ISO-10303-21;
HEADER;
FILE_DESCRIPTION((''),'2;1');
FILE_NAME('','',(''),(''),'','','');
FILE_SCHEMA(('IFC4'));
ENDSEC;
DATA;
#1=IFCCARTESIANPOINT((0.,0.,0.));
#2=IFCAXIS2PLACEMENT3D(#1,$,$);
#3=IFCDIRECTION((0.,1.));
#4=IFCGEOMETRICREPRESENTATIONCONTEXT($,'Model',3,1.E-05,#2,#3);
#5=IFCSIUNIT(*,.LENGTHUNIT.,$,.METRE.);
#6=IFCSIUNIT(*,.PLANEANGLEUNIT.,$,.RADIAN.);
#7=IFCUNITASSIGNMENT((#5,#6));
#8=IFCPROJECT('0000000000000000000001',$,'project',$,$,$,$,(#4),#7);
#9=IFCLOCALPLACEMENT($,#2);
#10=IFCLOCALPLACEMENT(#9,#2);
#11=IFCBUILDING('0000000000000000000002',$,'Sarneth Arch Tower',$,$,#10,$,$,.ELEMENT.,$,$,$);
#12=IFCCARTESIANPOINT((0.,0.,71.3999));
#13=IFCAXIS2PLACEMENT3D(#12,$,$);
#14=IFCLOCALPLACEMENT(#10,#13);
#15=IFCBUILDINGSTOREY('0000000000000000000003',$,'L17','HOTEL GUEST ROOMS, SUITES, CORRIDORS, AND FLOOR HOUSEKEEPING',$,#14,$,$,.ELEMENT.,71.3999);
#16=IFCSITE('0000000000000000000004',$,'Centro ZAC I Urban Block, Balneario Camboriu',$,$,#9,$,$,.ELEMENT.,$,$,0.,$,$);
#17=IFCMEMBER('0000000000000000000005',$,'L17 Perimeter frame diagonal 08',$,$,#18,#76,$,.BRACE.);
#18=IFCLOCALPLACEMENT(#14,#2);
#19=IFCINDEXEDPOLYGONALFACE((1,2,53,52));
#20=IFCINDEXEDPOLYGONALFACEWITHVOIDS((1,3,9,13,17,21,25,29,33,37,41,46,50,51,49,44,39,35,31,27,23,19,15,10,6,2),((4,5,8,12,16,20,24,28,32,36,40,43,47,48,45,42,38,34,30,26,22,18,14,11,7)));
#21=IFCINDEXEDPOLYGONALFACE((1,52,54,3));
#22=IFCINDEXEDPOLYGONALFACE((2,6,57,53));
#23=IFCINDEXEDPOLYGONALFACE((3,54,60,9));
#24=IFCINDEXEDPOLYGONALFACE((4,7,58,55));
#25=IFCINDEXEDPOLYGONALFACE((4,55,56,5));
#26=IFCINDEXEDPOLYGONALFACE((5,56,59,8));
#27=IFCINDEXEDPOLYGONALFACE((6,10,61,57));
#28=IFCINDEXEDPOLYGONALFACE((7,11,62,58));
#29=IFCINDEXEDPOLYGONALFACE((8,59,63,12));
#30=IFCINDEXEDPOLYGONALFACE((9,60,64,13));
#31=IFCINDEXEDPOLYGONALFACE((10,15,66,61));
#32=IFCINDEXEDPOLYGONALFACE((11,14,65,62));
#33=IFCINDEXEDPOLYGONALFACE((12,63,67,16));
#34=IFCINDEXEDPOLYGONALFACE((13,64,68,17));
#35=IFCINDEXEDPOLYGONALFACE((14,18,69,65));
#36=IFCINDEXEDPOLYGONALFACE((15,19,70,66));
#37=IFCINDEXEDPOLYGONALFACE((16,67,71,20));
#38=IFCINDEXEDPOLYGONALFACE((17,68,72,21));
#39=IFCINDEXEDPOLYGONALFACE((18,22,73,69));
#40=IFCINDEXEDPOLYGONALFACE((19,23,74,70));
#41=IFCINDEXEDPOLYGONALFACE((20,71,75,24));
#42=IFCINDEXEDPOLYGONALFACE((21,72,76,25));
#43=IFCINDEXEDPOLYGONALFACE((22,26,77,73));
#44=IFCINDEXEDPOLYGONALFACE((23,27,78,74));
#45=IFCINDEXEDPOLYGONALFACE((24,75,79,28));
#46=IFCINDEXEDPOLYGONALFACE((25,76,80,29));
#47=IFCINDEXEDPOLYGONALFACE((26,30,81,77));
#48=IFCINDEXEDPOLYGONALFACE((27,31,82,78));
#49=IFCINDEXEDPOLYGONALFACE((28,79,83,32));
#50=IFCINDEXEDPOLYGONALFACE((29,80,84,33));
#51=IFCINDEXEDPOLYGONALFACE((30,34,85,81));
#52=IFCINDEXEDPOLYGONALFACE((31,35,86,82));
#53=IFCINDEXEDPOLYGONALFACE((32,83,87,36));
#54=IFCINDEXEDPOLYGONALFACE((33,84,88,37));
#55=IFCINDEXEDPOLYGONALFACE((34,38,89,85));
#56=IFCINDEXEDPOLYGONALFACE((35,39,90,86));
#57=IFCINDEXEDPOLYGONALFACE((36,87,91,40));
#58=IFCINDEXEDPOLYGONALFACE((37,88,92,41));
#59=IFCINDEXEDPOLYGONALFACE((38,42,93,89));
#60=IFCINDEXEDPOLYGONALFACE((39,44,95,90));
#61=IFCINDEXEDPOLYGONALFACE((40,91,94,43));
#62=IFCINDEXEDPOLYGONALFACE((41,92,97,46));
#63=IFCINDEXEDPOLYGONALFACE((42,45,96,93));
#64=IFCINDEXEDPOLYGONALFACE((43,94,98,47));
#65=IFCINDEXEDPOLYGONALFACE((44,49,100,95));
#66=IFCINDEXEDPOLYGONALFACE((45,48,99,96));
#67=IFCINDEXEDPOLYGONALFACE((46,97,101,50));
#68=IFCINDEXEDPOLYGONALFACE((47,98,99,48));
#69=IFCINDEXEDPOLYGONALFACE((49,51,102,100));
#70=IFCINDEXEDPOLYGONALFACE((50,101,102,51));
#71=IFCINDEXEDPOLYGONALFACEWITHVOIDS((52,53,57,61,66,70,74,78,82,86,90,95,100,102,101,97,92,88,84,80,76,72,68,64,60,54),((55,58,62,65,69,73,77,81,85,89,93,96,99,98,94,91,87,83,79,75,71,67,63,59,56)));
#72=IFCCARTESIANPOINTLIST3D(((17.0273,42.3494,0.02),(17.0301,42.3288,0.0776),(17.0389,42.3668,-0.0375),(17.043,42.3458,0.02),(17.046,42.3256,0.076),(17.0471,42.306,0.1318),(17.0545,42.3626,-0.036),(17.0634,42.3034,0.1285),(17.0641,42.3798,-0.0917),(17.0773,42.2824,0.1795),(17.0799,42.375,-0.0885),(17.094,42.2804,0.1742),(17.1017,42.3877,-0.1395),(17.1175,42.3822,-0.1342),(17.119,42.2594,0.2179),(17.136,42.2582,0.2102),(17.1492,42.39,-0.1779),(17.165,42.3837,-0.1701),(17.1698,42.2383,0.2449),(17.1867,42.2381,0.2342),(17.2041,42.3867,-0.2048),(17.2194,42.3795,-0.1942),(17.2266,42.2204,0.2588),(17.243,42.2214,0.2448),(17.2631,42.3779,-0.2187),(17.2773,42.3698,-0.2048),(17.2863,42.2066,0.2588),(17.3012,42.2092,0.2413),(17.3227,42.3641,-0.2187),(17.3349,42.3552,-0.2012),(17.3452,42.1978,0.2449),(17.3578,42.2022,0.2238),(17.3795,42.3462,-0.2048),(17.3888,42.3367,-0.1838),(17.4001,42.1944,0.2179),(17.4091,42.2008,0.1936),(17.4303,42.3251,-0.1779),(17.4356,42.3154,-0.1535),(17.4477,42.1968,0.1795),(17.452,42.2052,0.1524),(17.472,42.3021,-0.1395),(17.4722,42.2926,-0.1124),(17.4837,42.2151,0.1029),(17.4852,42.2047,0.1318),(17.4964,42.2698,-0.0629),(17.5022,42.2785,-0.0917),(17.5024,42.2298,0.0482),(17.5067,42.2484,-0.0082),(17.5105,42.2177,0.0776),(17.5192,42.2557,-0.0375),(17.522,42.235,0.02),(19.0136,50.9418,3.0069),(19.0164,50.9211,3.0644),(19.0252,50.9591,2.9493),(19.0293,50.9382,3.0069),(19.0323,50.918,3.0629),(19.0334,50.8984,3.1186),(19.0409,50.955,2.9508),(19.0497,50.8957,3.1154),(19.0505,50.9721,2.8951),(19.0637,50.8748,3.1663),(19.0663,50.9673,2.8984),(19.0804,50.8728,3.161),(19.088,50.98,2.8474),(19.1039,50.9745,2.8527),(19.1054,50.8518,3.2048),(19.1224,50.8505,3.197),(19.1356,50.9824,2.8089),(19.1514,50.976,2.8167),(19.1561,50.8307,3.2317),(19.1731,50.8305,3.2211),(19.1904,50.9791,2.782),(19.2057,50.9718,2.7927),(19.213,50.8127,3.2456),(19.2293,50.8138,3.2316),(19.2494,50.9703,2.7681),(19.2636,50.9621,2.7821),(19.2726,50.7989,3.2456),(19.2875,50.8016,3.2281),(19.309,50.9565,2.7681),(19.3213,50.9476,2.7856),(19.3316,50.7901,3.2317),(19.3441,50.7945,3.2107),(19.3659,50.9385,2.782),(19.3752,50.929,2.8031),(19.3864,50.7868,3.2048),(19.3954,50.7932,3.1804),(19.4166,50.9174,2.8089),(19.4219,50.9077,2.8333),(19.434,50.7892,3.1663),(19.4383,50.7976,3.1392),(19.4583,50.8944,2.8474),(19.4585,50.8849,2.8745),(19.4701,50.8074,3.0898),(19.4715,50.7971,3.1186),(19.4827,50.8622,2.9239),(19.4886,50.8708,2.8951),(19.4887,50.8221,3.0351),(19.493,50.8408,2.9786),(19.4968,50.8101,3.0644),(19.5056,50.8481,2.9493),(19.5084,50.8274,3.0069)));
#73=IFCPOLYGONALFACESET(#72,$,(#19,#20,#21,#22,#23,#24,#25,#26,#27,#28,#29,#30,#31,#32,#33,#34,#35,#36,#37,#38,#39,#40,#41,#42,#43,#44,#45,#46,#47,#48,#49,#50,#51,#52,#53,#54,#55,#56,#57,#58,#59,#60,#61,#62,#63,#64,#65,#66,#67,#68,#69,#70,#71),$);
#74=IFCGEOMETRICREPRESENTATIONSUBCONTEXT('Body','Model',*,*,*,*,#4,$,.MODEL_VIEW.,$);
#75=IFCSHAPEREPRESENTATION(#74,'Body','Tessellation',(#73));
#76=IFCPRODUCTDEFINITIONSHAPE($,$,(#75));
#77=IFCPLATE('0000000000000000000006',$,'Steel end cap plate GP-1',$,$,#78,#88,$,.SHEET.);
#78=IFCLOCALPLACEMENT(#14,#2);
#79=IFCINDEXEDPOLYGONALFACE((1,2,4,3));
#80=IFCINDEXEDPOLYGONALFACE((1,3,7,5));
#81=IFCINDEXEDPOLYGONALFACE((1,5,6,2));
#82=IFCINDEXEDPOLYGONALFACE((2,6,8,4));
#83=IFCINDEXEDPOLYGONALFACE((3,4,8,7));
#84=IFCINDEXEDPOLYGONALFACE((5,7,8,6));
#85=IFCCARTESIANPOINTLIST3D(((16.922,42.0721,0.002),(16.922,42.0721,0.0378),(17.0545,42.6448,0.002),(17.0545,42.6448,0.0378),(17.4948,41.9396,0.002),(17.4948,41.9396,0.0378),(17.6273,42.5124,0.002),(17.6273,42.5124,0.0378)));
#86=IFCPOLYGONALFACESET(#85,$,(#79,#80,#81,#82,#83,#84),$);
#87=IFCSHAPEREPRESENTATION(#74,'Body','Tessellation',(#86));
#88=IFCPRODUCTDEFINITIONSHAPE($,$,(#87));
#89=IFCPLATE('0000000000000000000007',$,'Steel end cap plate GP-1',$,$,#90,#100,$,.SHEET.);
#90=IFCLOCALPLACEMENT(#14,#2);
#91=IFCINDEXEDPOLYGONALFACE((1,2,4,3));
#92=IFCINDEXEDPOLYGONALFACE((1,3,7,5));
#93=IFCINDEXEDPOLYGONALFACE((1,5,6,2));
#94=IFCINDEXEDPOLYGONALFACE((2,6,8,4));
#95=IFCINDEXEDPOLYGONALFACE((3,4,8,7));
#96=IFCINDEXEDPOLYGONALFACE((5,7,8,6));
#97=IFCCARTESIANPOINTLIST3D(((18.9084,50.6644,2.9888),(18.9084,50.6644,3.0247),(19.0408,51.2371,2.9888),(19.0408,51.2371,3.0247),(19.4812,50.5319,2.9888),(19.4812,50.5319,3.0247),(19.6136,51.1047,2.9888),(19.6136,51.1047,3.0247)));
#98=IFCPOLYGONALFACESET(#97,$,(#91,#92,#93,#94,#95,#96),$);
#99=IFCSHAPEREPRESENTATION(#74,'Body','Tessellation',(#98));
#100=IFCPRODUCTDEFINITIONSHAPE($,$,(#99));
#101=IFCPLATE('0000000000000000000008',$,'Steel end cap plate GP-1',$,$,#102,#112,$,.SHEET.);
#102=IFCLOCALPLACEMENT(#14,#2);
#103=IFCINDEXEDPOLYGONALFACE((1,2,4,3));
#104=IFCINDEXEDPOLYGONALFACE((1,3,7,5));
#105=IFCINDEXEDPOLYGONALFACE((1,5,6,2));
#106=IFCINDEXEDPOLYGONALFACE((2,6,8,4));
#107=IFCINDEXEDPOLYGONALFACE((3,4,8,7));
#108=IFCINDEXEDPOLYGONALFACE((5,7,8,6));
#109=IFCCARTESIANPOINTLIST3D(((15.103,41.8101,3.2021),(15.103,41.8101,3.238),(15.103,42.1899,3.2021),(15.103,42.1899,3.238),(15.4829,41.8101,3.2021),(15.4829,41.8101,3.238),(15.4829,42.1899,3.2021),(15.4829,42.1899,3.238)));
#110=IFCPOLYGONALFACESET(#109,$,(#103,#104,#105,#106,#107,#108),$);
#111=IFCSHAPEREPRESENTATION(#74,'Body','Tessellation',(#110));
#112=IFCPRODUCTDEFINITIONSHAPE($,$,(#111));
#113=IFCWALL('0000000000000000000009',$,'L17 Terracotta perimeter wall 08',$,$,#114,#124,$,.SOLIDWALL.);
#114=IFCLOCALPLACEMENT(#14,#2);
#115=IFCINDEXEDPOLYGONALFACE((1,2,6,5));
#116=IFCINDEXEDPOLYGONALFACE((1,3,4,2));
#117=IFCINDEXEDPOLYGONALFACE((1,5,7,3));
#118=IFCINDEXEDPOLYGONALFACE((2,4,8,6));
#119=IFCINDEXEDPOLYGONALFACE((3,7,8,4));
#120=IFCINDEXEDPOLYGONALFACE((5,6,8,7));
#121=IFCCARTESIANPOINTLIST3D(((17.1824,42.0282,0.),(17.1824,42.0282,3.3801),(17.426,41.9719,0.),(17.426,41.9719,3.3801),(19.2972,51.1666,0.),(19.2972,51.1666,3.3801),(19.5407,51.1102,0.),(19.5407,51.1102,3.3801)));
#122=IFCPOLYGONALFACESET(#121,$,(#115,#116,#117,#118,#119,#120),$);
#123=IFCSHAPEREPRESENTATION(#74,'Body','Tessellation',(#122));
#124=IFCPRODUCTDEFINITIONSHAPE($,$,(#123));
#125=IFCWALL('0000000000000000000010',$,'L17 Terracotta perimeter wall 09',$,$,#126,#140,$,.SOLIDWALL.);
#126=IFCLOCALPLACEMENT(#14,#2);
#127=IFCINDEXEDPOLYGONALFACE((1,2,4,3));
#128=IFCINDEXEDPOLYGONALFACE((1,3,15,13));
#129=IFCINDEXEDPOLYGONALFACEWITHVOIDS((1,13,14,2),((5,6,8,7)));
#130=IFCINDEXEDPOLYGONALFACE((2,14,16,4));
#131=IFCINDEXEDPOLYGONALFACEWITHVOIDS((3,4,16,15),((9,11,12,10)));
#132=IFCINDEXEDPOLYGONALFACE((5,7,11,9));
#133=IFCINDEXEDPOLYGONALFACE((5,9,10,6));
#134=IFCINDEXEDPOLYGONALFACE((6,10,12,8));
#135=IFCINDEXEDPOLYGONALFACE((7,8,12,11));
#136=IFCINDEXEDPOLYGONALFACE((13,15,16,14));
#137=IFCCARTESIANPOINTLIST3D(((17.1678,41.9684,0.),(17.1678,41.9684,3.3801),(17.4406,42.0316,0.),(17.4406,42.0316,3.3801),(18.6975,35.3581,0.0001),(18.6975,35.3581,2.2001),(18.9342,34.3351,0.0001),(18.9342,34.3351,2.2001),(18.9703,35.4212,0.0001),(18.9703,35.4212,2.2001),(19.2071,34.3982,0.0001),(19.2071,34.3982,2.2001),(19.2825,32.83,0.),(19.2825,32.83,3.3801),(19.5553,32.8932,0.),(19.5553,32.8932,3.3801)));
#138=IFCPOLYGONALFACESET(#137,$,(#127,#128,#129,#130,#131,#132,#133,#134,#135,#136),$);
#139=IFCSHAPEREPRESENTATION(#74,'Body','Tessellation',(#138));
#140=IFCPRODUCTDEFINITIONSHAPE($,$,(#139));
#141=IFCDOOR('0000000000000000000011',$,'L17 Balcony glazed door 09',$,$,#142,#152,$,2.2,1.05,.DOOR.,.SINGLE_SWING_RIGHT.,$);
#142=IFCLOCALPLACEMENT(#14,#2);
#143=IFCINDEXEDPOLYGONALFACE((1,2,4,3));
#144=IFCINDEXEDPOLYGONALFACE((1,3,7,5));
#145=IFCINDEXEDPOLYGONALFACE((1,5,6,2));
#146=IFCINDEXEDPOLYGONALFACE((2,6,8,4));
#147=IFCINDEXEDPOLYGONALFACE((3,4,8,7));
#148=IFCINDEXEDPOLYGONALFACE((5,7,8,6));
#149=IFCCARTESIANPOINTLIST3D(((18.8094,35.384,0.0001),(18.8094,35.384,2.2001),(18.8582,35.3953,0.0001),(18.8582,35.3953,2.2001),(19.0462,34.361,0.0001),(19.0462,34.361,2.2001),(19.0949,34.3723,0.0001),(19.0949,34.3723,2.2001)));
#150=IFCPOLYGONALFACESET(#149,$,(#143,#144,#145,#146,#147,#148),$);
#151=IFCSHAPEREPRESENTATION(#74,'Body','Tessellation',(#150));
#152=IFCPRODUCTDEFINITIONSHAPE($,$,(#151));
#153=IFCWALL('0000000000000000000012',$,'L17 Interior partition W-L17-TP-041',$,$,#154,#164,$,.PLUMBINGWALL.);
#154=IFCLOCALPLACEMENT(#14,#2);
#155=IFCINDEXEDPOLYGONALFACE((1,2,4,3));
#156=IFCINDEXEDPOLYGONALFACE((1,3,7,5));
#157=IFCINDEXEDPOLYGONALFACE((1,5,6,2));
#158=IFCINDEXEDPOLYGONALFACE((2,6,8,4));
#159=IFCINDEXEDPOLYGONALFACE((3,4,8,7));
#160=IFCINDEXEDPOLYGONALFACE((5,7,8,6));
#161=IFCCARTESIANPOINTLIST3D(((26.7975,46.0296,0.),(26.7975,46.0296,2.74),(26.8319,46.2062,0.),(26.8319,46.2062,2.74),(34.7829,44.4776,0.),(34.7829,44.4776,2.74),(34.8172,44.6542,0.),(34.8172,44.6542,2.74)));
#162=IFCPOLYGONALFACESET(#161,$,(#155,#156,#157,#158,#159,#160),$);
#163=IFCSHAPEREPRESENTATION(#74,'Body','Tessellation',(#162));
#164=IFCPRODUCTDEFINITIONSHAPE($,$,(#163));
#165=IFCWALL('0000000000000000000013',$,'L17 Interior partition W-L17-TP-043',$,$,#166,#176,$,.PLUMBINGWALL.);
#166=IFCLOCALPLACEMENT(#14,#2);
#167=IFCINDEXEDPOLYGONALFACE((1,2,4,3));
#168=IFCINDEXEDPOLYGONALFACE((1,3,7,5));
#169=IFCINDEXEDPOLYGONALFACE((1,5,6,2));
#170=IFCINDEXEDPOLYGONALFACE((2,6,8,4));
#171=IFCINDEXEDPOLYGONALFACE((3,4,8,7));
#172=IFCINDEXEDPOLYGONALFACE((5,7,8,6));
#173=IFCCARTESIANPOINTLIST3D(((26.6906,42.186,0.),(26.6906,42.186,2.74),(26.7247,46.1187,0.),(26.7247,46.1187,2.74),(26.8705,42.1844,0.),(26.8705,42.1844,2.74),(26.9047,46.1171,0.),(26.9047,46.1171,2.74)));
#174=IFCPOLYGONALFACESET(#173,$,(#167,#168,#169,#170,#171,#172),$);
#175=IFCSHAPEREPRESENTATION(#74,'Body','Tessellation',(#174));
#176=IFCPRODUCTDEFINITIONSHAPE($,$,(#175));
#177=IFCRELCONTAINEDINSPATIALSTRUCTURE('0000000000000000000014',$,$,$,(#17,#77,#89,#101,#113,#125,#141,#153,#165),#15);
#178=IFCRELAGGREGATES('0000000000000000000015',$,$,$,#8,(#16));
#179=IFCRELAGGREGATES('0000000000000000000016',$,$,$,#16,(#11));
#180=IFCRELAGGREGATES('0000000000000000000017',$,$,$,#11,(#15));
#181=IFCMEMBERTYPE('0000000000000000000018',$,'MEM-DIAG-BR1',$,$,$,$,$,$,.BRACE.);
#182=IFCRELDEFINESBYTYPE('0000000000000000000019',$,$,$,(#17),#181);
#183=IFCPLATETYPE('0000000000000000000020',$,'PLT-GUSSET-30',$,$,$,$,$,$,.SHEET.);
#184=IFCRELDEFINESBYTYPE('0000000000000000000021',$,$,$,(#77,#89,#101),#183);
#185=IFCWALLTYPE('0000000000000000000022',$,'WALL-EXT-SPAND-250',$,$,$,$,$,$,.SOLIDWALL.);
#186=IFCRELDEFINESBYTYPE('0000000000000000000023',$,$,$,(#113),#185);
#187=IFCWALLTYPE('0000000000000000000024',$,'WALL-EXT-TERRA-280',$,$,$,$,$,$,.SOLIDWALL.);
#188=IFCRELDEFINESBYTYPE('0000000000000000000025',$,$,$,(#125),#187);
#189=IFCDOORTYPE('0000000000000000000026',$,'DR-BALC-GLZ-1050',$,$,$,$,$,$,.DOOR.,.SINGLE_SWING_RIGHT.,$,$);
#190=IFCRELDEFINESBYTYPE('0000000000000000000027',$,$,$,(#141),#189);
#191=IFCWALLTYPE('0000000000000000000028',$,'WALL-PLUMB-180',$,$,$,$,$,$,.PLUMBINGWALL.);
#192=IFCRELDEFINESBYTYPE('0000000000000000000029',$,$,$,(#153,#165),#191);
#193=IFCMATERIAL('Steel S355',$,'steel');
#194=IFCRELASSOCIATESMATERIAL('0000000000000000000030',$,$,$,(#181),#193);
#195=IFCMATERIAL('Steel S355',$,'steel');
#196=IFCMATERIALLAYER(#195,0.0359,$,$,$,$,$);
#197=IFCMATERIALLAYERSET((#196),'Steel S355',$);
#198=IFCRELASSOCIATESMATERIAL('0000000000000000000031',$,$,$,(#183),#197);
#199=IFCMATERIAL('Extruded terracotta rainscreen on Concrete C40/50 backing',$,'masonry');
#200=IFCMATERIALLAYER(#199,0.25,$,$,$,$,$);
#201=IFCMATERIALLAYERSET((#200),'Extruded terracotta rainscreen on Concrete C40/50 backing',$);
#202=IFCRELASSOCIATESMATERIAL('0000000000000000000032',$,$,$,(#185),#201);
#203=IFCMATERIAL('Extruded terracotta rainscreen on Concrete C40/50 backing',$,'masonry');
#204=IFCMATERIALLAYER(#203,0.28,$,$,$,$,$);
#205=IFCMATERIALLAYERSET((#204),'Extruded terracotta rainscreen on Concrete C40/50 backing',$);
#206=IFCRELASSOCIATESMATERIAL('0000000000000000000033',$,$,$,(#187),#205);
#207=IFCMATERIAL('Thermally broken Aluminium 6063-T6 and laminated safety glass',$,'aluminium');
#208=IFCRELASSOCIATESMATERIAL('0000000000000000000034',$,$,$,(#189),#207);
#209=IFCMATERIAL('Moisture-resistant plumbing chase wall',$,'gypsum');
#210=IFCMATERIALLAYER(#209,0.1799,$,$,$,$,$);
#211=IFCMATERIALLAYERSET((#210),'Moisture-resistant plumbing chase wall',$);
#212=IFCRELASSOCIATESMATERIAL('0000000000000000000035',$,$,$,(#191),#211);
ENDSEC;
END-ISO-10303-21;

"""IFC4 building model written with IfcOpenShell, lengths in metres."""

from ifc_helpers import new_model, si_unit, direction, frame, frame_2d, origin, origin_2d, place, context, subcontext, project, spatial, rectangle, hollow_circle, extrude, material, layer, layer_set, material_profile, profile_set, type_object, element, fill, save


model = new_model("IFC4")

# Units and contexts
model_context = context("Model", 3, precision=1e-05, world=origin(), true_north=direction((0.0, 1.0)))
body_context = subcontext(model_context, "Body", "Model", "MODEL_VIEW")
ifc_project = project(units=[si_unit("LENGTHUNIT", "METRE"), si_unit("PLANEANGLEUNIT", "RADIAN")], contexts=[model_context])

# Site, building, storey
site_placement = place(None, origin())
site = spatial("IfcSite", under=ifc_project, at=site_placement, Name="Centro ZAC I Urban Block, Balneario Camboriu", CompositionType="ELEMENT", RefElevation=0.0)
building_placement = place(site_placement, origin())
building = spatial("IfcBuilding", under=site, at=building_placement, Name="Sarneth Arch Tower", CompositionType="ELEMENT")
storey_placement = place(building_placement, frame((0.0, 0.0, 71.3999)))
storey = spatial("IfcBuildingStorey", under=building, at=storey_placement, Name="L17", Description="HOTEL GUEST ROOMS, SUITES, CORRIDORS, AND FLOOR HOUSEKEEPING", CompositionType="ELEMENT", Elevation=71.3999)

# Member
ifc_material_1 = material(Name="Steel S355", Category="steel")
ifc_material_profile_1 = material_profile(ifc_material_1, hollow_circle(Radius=0.2539, WallThickness=0.0161, at=origin_2d()), Name="CHS508x16")
ifc_profile_set_1 = profile_set([ifc_material_profile_1], Name="Steel S355")
member_type_1 = type_object("IfcMemberType", Name="MEM-DIAG-BR1", PredefinedType="BRACE", material=ifc_profile_set_1)
member_1_placement = place(storey_placement, frame((17.2747, 42.2922, 0.02), z_axis=(0.213332, 0.922814, 0.320785), x_axis=(-0.974304, 0.225236, 0.0)))
element("IfcMember", 1, at=member_1_placement, inside=storey, type_object=member_type_1, Name="L17 Perimeter frame diagonal 08", PredefinedType="BRACE", context=body_context, shape_type="SweptSolid", body=[
    extrude(hollow_circle(Radius=0.2539, WallThickness=0.0161, at=origin_2d()), origin(), (0.0, 0.0, 1.0), 9.311),
])

# Plates
ifc_material_2 = material(Name="Steel S355", Category="steel")
ifc_layer_1 = layer(ifc_material_2, 0.0359)
ifc_layer_set_1 = layer_set([ifc_layer_1], Name="Steel S355")
plate_type = type_object("IfcPlateType", Name="PLT-GUSSET-30", PredefinedType="SHEET", material=ifc_layer_set_1)
for number, where, z_axis, x_axis, name in (
    (2, (17.2747, 42.2922, 0.002), (0.0, 0.0, 1.0), (-0.225291, -0.974291, 0.0), "Steel end cap plate GP-1"),
    (3, (19.261, 50.8845, 2.9888), (0.0, 0.0, 1.0), (-0.225291, -0.974291, 0.0), "Steel end cap plate GP-1"),
):
    element("IfcPlate", number, at=place(storey_placement, frame(where, z_axis=z_axis, x_axis=x_axis)), inside=storey, type_object=plate_type, Name=name, PredefinedType="SHEET", context=body_context, shape_type="SweptSolid", body=[
        extrude(rectangle(XDim=0.5879, YDim=0.5879, at=origin_2d()), origin(), (0.0, 0.0, 1.0), 0.0359),
    ])
plate_placement = place(storey_placement, frame((15.293, 42.0, 3.2021), z_axis=(0.0, 0.0, 1.0), x_axis=(-1.0, 0.0, 0.0)))
element("IfcPlate", 4, at=plate_placement, inside=storey, type_object=plate_type, Name="Steel end cap plate GP-1", PredefinedType="SHEET", context=body_context, shape_type="SweptSolid", body=[
    extrude(rectangle(XDim=0.3799, YDim=0.3799, at=origin_2d()), origin(), (0.0, 0.0, 1.0), 0.0359),
])

# Wall
ifc_material_3 = material(Name="Extruded terracotta rainscreen on Concrete C40/50 backing", Category="masonry")
ifc_layer_2 = layer(ifc_material_3, 0.25)
ifc_layer_set_2 = layer_set([ifc_layer_2], Name="Extruded terracotta rainscreen on Concrete C40/50 backing")
wall_type_1 = type_object("IfcWallType", Name="WALL-EXT-SPAND-250", PredefinedType="SOLIDWALL", material=ifc_layer_set_2)
wall_1_placement = place(storey_placement, frame((19.4189, 51.1384, 0.0), z_axis=(0.0, 0.0, 1.0), x_axis=(-0.225454, -0.974254, 0.0)))
element("IfcWall", 5, at=wall_1_placement, inside=storey, type_object=wall_type_1, Name="L17 Terracotta perimeter wall 08", PredefinedType="SOLIDWALL", context=body_context, shape_type="SweptSolid", body=[
    extrude(rectangle(XDim=9.3799, YDim=0.25, at=frame_2d((4.6899, 0.0))), origin(), (0.0, 0.0, 1.0), 3.3801),
])

# Wall, opening, door
ifc_material_4 = material(Name="Extruded terracotta rainscreen on Concrete C40/50 backing", Category="masonry")
ifc_layer_3 = layer(ifc_material_4, 0.28)
ifc_layer_set_3 = layer_set([ifc_layer_3], Name="Extruded terracotta rainscreen on Concrete C40/50 backing")
wall_type_2 = type_object("IfcWallType", Name="WALL-EXT-TERRA-280", PredefinedType="SOLIDWALL", material=ifc_layer_set_3)
wall_2_placement = place(storey_placement, frame((17.3042, 42.0, 0.0), z_axis=(0.0, 0.0, 1.0), x_axis=(0.225454, -0.974254, 0.0)))
wall_2 = element("IfcWall", 6, at=wall_2_placement, inside=storey, type_object=wall_type_2, Name="L17 Terracotta perimeter wall 09", PredefinedType="SOLIDWALL", context=body_context, shape_type="SweptSolid", body=[
    extrude(rectangle(XDim=9.3799, YDim=0.28, at=frame_2d((4.6899, 0.0))), origin(), (0.0, 0.0, 1.0), 3.3801),
])
opening_placement = place(wall_2_placement, frame((6.7852, 0.0, 0.0)))
opening = element("IfcOpeningElement", 7, at=opening_placement, cuts=wall_2, PredefinedType="OPENING", context=body_context, shape_type="SweptSolid", body=[
    extrude(rectangle(XDim=1.05, YDim=2.2, at=frame_2d((0.5249, 1.1001))), frame((0.0, 0.1499, 0.0), z_axis=(0.0, -1.0, 0.0), x_axis=(1.0, 0.0, 0.0)), (0.0, 0.0, 1.0), 0.3),
])
ifc_material_5 = material(Name="Thermally broken Aluminium 6063-T6 and laminated safety glass", Category="aluminium")
door_type = type_object("IfcDoorType", Name="DR-BALC-GLZ-1050", OperationType="SINGLE_SWING_RIGHT", PredefinedType="DOOR", material=ifc_material_5)
door_placement = place(opening_placement, origin())
door = element("IfcDoor", 8, at=door_placement, inside=storey, type_object=door_type, Name="L17 Balcony glazed door 09", OperationType="SINGLE_SWING_RIGHT", OverallHeight=2.2, OverallWidth=1.05, PredefinedType="DOOR", context=body_context, shape_type="SweptSolid", body=[
    extrude(rectangle(XDim=1.05, YDim=2.2, at=frame_2d((0.5249, 1.1001))), frame((0.0, 0.0249, 0.0), z_axis=(0.0, -1.0, 0.0), x_axis=(1.0, 0.0, 0.0)), (0.0, 0.0, 1.0), 0.05),
])
fill(opening, door)

# Walls
ifc_material_6 = material(Name="Moisture-resistant plumbing chase wall", Category="gypsum")
ifc_layer_4 = layer(ifc_material_6, 0.1799)
ifc_layer_set_4 = layer_set([ifc_layer_4], Name="Moisture-resistant plumbing chase wall")
wall_type_3 = type_object("IfcWallType", Name="WALL-PLUMB-180", PredefinedType="PLUMBINGWALL", material=ifc_layer_set_4)
wall_3_placement = place(storey_placement, frame((26.8147, 46.1179, 0.0), z_axis=(0.0, 0.0, 1.0), x_axis=(0.981632, -0.190786, 0.0)))
element("IfcWall", 9, at=wall_3_placement, inside=storey, type_object=wall_type_3, Name="L17 Interior partition W-L17-TP-041", PredefinedType="PLUMBINGWALL", context=body_context, shape_type="SweptSolid", body=[
    extrude(rectangle(XDim=8.1348, YDim=0.1799, at=frame_2d((4.0674, 0.0))), origin(), (0.0, 0.0, 1.0), 2.74),
])
wall_4_placement = place(storey_placement, frame((26.7805, 42.1853, 0.0), z_axis=(0.0, 0.0, 1.0), x_axis=(0.008691, 0.999962, 0.0)))
element("IfcWall", 10, at=wall_4_placement, inside=storey, type_object=wall_type_3, Name="L17 Interior partition W-L17-TP-043", PredefinedType="PLUMBINGWALL", context=body_context, shape_type="SweptSolid", body=[
    extrude(rectangle(XDim=3.9329, YDim=0.1799, at=frame_2d((1.9663, 0.0))), origin(), (0.0, 0.0, 1.0), 2.74),
])

save(model, "model.ifc")
